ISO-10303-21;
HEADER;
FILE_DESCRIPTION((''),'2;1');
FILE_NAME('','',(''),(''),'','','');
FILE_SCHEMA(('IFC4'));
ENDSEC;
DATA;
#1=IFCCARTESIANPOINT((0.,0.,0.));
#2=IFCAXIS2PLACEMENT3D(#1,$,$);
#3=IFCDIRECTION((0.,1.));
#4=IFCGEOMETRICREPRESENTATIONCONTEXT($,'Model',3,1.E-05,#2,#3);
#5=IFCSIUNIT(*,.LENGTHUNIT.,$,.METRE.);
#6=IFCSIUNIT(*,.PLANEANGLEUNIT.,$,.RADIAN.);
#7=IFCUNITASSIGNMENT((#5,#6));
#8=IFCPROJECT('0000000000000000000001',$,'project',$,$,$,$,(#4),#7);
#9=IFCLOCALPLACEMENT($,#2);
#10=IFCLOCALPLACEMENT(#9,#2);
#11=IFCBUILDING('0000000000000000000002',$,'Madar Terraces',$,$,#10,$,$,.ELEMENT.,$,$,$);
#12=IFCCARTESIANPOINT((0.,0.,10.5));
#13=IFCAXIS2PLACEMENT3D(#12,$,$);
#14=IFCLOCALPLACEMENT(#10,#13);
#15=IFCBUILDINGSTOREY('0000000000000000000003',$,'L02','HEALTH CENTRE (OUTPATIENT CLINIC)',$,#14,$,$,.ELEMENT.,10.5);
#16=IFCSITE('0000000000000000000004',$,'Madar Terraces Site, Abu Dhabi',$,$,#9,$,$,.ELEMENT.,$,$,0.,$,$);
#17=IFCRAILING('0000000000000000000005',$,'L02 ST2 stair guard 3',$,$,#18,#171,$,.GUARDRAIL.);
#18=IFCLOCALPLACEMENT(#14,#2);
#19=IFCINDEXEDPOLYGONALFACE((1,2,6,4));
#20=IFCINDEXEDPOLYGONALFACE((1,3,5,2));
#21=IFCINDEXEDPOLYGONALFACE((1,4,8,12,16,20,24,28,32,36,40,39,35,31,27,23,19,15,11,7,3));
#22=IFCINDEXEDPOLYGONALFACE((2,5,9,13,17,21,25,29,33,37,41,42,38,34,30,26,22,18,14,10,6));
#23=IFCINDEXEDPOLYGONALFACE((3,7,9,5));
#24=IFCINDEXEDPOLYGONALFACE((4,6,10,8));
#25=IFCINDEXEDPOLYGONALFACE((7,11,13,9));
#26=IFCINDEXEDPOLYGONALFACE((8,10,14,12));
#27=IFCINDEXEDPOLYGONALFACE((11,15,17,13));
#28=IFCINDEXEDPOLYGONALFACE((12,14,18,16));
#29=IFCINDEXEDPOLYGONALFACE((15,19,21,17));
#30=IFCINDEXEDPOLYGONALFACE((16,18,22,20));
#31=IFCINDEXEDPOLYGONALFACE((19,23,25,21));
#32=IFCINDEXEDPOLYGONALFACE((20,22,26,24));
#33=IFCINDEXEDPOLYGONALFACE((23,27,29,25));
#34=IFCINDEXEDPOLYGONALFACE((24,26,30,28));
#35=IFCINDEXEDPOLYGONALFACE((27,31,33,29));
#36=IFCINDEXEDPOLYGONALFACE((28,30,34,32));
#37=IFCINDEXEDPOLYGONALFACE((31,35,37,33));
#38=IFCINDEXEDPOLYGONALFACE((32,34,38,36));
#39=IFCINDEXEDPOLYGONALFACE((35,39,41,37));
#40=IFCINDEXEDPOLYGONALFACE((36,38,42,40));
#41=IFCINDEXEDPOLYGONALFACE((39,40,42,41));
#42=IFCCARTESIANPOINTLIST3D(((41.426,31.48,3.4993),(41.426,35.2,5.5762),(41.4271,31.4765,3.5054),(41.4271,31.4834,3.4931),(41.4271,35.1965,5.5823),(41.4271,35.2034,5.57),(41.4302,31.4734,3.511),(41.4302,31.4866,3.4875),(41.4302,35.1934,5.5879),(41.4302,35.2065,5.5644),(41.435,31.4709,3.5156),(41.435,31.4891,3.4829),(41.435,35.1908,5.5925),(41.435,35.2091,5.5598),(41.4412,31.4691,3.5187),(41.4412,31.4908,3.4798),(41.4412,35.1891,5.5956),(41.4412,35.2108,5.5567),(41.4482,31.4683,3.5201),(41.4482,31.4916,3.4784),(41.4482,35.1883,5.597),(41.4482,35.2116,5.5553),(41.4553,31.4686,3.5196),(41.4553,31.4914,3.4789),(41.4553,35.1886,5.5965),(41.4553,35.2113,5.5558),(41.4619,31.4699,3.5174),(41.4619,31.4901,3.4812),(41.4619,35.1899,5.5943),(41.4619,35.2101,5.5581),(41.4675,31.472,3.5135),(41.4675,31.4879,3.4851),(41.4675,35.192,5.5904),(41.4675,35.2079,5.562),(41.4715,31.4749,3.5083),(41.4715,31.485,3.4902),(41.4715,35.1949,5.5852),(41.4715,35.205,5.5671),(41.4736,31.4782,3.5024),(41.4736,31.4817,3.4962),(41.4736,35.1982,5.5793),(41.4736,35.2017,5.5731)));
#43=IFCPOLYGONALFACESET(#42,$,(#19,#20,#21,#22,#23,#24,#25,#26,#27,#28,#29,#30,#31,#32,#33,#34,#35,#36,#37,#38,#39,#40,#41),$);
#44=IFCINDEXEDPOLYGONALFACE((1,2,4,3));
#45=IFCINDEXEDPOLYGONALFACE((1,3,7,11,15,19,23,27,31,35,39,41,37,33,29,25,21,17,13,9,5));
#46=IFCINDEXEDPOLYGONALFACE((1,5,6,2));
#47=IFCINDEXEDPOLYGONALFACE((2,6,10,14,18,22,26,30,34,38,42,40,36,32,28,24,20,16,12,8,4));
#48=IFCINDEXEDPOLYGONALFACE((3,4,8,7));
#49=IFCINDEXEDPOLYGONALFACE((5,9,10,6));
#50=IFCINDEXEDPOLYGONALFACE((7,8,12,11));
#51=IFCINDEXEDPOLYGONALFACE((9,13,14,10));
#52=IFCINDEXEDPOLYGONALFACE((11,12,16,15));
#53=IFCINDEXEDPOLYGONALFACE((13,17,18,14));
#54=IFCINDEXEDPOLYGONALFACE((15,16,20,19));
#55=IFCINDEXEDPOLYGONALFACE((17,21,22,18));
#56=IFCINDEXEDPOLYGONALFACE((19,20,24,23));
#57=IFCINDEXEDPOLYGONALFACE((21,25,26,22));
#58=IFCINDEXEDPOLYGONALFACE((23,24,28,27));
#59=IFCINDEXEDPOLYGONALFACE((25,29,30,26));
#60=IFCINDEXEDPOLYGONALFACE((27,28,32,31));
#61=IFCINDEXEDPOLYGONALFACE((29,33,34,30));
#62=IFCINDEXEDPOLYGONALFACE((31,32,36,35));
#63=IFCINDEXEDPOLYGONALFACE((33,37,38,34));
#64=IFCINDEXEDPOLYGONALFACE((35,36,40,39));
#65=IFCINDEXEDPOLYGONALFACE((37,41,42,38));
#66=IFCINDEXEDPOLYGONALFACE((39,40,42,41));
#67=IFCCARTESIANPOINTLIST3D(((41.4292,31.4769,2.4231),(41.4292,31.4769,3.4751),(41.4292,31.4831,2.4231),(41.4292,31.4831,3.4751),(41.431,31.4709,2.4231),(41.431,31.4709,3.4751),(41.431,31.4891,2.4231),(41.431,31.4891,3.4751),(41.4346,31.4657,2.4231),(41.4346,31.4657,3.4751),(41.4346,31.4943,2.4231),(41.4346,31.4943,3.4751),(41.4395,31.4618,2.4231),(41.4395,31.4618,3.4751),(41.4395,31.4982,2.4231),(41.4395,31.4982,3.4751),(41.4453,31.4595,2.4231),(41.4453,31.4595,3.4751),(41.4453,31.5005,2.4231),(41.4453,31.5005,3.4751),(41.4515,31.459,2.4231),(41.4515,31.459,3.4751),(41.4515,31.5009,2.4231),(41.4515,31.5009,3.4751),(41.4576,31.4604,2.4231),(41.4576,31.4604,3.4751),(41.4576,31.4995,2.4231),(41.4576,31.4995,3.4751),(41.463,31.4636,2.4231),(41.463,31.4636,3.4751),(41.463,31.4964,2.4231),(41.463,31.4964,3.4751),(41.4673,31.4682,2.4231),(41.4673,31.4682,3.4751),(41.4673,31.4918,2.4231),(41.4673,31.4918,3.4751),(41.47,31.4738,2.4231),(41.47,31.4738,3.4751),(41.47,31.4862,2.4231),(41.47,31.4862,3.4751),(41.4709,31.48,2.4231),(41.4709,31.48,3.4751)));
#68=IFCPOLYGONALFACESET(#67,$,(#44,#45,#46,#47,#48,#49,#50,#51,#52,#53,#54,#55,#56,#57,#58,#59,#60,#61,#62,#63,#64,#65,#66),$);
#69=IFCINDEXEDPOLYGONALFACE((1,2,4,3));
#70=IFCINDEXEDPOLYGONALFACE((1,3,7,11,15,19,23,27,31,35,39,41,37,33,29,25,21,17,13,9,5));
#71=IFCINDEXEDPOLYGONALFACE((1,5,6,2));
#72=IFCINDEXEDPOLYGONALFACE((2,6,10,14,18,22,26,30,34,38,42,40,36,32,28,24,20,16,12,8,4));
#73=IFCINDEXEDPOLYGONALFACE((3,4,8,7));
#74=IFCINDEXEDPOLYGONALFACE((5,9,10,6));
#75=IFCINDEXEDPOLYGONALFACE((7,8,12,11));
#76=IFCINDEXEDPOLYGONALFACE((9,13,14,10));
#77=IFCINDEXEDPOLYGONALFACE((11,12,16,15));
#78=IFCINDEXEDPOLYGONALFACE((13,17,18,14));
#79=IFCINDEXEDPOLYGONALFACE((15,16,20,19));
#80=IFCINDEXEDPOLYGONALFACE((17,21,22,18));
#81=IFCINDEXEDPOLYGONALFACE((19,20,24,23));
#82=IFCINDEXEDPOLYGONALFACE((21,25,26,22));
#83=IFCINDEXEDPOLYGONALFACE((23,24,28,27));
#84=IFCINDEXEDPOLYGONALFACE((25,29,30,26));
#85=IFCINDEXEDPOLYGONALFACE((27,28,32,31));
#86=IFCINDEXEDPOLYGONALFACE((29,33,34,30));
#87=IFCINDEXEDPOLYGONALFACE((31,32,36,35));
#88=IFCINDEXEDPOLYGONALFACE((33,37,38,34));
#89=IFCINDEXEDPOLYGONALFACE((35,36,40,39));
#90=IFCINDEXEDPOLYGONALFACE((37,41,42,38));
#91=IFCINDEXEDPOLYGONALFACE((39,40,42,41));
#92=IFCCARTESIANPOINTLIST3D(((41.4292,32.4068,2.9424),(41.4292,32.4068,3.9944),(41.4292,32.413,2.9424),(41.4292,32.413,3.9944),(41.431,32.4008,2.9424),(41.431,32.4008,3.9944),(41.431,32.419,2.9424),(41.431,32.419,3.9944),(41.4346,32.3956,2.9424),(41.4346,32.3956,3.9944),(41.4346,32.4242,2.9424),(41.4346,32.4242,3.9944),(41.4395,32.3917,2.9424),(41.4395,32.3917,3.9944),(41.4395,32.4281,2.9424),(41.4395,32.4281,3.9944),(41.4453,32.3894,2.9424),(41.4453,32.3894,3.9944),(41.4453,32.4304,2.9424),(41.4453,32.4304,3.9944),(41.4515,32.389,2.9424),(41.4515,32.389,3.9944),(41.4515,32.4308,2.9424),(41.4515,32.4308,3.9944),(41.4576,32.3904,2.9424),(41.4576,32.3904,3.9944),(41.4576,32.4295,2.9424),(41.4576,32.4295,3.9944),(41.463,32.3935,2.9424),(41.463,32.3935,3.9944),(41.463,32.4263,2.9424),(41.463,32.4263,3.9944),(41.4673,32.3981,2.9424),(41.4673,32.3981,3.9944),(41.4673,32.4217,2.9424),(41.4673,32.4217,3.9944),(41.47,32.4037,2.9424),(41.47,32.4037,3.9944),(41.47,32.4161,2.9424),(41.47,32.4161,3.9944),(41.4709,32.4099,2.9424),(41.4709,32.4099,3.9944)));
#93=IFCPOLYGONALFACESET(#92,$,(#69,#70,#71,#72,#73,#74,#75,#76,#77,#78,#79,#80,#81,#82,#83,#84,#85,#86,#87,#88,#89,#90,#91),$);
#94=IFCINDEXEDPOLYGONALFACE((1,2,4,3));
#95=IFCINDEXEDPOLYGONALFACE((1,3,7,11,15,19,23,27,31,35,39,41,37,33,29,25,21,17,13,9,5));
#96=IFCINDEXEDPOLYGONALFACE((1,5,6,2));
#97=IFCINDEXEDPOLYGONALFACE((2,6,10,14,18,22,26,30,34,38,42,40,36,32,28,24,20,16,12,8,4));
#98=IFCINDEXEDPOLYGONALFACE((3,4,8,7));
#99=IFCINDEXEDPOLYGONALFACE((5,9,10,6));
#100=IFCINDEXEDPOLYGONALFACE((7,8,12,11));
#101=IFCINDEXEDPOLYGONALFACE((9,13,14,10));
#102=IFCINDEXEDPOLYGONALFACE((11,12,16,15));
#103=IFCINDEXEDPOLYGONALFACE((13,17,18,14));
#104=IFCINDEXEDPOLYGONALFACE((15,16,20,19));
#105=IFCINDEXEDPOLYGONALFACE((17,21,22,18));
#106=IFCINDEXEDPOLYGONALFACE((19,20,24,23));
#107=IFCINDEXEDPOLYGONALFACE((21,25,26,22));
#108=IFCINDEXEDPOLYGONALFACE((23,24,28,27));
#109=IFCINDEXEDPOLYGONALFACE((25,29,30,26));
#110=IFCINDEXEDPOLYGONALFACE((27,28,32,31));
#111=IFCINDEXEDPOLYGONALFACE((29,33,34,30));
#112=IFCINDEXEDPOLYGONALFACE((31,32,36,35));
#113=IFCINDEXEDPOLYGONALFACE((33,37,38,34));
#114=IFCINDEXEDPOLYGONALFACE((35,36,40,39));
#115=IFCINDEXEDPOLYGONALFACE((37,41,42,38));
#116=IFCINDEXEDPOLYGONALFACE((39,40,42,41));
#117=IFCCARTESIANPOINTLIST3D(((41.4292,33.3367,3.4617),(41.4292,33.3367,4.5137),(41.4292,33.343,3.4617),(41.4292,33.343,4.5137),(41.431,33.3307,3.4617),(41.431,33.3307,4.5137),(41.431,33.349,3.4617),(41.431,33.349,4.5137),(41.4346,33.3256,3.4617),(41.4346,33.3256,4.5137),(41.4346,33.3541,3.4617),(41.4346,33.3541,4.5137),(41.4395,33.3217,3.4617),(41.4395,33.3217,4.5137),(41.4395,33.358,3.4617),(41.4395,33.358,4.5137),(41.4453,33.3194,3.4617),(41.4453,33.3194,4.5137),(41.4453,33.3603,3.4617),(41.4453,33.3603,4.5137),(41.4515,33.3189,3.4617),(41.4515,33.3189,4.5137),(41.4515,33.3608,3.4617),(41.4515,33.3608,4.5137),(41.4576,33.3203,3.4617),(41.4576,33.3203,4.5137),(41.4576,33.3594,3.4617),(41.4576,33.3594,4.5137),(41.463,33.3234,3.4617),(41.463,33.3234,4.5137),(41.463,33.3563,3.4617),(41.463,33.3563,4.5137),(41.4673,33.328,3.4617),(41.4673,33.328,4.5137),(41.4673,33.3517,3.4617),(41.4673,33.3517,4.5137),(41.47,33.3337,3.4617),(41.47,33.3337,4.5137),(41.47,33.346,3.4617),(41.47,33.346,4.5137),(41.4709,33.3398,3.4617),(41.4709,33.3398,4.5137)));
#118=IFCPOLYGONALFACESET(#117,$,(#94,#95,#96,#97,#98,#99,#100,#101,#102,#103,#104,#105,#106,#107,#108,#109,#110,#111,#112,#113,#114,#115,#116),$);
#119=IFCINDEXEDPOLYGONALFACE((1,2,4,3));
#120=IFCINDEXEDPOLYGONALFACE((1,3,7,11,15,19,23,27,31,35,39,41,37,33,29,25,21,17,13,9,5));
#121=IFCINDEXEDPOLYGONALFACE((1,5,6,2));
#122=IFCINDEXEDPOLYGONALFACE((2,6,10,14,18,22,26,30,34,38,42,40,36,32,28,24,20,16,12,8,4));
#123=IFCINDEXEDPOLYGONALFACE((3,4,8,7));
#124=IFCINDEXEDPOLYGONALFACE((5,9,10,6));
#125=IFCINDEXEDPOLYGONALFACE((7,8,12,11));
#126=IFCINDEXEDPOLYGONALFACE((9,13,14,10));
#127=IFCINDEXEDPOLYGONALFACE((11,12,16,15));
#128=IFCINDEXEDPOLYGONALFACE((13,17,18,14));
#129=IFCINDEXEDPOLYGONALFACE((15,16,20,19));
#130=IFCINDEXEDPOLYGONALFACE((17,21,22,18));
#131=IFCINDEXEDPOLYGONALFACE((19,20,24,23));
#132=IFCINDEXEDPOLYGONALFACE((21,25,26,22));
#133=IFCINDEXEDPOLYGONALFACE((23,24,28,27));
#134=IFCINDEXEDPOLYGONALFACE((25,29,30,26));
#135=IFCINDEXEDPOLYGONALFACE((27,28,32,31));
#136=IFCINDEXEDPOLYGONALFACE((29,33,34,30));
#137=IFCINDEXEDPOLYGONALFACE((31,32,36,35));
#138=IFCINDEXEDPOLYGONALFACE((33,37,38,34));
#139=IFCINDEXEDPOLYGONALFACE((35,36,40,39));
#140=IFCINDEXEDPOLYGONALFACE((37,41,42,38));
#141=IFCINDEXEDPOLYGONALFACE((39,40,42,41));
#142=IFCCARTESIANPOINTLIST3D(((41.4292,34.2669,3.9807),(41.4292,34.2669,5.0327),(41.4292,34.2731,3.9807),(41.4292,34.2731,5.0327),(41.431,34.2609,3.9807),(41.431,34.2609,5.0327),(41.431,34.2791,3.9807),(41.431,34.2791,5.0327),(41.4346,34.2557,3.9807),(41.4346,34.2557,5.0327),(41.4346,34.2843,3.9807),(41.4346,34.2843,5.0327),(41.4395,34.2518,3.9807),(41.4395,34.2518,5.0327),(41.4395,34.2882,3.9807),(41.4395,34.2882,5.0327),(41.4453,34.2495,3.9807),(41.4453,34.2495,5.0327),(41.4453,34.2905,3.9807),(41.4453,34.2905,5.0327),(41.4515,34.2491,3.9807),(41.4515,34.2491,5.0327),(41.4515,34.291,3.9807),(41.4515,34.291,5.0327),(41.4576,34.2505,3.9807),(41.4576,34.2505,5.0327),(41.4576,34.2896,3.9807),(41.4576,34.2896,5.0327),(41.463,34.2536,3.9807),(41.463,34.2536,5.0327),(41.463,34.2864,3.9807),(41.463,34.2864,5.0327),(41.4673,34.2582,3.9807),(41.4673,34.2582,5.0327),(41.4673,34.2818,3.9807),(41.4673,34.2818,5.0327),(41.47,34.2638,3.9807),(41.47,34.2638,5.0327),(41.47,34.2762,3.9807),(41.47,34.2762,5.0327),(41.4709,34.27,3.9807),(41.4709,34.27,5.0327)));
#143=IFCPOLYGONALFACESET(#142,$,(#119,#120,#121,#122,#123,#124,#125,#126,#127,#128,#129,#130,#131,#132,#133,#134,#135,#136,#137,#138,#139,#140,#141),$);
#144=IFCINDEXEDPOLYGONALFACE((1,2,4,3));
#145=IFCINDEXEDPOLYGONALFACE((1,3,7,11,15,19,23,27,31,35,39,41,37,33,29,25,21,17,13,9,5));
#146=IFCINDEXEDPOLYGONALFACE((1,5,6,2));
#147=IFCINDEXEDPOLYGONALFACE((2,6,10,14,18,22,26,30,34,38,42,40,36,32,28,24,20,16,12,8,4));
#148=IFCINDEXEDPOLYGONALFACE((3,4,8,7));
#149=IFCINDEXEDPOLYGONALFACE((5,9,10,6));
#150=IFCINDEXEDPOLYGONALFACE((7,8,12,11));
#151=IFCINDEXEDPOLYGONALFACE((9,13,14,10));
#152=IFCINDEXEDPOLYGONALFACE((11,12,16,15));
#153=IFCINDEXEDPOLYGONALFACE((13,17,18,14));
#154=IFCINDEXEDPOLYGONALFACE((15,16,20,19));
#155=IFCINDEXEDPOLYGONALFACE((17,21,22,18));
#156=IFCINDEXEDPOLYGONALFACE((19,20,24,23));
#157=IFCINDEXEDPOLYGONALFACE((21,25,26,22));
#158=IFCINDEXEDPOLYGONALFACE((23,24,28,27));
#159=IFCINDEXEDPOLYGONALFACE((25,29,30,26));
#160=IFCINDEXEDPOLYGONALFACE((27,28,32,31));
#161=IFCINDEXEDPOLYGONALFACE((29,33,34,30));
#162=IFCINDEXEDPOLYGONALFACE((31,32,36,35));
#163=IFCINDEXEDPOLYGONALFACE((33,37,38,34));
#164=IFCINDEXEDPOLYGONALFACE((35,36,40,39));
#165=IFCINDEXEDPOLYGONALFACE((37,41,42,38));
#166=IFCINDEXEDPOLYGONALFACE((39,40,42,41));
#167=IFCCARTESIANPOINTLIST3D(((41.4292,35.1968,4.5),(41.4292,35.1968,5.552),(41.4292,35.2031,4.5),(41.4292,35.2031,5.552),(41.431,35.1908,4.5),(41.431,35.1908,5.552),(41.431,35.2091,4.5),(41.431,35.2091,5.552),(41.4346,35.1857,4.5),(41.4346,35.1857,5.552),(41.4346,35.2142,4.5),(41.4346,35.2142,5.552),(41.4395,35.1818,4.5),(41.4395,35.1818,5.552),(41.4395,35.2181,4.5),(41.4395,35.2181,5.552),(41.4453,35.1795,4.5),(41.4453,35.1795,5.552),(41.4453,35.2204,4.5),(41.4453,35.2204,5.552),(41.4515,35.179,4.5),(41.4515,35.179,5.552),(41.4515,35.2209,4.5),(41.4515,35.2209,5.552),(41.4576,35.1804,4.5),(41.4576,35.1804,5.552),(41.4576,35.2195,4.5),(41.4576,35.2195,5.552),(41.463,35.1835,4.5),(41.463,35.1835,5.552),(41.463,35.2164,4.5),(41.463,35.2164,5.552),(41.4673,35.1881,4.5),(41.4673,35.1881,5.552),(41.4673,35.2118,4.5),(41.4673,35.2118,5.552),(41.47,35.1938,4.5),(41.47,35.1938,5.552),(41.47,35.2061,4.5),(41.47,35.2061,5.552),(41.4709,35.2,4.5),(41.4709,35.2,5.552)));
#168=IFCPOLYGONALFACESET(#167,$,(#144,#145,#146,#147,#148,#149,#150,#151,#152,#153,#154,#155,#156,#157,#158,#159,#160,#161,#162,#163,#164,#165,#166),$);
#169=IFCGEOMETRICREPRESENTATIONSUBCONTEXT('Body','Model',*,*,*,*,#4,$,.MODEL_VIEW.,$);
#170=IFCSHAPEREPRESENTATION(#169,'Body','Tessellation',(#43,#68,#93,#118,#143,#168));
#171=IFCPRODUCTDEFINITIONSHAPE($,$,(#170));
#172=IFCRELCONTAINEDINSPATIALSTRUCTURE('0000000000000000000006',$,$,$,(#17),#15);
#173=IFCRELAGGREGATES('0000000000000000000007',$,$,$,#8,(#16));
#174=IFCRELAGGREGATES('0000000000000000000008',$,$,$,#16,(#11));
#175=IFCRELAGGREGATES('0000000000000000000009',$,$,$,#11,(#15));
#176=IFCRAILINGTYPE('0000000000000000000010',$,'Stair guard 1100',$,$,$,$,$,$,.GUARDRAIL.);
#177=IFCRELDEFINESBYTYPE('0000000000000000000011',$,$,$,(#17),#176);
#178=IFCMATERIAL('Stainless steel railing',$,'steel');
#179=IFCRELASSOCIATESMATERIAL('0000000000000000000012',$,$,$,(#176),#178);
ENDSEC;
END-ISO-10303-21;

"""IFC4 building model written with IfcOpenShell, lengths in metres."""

from ifc_helpers import new_model, si_unit, direction, frame, origin, origin_2d, place, context, subcontext, project, spatial, circle, extrude, material, type_object, element, save


model = new_model("IFC4")

# Units and contexts
model_context = context("Model", 3, precision=1e-05, world=origin(), true_north=direction((0.0, 1.0)))
body_context = subcontext(model_context, "Body", "Model", "MODEL_VIEW")
ifc_project = project(units=[si_unit("LENGTHUNIT", "METRE"), si_unit("PLANEANGLEUNIT", "RADIAN")], contexts=[model_context])

# Site, building, storey
site_placement = place(None, origin())
site = spatial("IfcSite", under=ifc_project, at=site_placement, Name="Madar Terraces Site, Abu Dhabi", CompositionType="ELEMENT", RefElevation=0.0)
building_placement = place(site_placement, origin())
building = spatial("IfcBuilding", under=site, at=building_placement, Name="Madar Terraces", CompositionType="ELEMENT")
storey_placement = place(building_placement, frame((0.0, 0.0, 10.5)))
storey = spatial("IfcBuildingStorey", under=building, at=storey_placement, Name="L02", Description="HEALTH CENTRE (OUTPATIENT CLINIC)", CompositionType="ELEMENT", Elevation=10.5)

# Railing
ifc_material_1 = material(Name="Stainless steel railing", Category="steel")
railing_type_1 = type_object("IfcRailingType", Name="Stair guard 1100", PredefinedType="GUARDRAIL", material=ifc_material_1)
for number, where, name in (
    (1, (41.45, 31.48, 2.4231), "L02 ST2 stair guard 3"),
):
    element("IfcRailing", number, at=place(storey_placement, frame(where)), inside=storey, type_object=railing_type_1, Name=name, PredefinedType="GUARDRAIL", context=body_context, shape_type="SweptSolid", body=[
        extrude(circle(Radius=0.0239, at=origin_2d()), frame((0.0, 0.0, 1.0762), z_axis=(0.0, 0.873134, 0.487481), x_axis=(-1.0, 0.0, 0.0)), (0.0, 0.0, 1.0), 4.2605),
        extrude(circle(Radius=0.021, at=origin_2d()), origin(), (0.0, 0.0, 1.0), 1.052),
        extrude(circle(Radius=0.021, at=origin_2d()), frame((0.0, 0.9299, 0.5193)), (0.0, 0.0, 1.0), 1.052),
        extrude(circle(Radius=0.021, at=origin_2d()), frame((0.0, 1.8599, 1.0386)), (0.0, 0.0, 1.0), 1.052),
        extrude(circle(Radius=0.021, at=origin_2d()), frame((0.0, 2.79, 1.5576)), (0.0, 0.0, 1.0), 1.052),
        extrude(circle(Radius=0.021, at=origin_2d()), frame((0.0, 3.72, 2.0769)), (0.0, 0.0, 1.0), 1.052),
    ])

save(model, "model.ifc")
